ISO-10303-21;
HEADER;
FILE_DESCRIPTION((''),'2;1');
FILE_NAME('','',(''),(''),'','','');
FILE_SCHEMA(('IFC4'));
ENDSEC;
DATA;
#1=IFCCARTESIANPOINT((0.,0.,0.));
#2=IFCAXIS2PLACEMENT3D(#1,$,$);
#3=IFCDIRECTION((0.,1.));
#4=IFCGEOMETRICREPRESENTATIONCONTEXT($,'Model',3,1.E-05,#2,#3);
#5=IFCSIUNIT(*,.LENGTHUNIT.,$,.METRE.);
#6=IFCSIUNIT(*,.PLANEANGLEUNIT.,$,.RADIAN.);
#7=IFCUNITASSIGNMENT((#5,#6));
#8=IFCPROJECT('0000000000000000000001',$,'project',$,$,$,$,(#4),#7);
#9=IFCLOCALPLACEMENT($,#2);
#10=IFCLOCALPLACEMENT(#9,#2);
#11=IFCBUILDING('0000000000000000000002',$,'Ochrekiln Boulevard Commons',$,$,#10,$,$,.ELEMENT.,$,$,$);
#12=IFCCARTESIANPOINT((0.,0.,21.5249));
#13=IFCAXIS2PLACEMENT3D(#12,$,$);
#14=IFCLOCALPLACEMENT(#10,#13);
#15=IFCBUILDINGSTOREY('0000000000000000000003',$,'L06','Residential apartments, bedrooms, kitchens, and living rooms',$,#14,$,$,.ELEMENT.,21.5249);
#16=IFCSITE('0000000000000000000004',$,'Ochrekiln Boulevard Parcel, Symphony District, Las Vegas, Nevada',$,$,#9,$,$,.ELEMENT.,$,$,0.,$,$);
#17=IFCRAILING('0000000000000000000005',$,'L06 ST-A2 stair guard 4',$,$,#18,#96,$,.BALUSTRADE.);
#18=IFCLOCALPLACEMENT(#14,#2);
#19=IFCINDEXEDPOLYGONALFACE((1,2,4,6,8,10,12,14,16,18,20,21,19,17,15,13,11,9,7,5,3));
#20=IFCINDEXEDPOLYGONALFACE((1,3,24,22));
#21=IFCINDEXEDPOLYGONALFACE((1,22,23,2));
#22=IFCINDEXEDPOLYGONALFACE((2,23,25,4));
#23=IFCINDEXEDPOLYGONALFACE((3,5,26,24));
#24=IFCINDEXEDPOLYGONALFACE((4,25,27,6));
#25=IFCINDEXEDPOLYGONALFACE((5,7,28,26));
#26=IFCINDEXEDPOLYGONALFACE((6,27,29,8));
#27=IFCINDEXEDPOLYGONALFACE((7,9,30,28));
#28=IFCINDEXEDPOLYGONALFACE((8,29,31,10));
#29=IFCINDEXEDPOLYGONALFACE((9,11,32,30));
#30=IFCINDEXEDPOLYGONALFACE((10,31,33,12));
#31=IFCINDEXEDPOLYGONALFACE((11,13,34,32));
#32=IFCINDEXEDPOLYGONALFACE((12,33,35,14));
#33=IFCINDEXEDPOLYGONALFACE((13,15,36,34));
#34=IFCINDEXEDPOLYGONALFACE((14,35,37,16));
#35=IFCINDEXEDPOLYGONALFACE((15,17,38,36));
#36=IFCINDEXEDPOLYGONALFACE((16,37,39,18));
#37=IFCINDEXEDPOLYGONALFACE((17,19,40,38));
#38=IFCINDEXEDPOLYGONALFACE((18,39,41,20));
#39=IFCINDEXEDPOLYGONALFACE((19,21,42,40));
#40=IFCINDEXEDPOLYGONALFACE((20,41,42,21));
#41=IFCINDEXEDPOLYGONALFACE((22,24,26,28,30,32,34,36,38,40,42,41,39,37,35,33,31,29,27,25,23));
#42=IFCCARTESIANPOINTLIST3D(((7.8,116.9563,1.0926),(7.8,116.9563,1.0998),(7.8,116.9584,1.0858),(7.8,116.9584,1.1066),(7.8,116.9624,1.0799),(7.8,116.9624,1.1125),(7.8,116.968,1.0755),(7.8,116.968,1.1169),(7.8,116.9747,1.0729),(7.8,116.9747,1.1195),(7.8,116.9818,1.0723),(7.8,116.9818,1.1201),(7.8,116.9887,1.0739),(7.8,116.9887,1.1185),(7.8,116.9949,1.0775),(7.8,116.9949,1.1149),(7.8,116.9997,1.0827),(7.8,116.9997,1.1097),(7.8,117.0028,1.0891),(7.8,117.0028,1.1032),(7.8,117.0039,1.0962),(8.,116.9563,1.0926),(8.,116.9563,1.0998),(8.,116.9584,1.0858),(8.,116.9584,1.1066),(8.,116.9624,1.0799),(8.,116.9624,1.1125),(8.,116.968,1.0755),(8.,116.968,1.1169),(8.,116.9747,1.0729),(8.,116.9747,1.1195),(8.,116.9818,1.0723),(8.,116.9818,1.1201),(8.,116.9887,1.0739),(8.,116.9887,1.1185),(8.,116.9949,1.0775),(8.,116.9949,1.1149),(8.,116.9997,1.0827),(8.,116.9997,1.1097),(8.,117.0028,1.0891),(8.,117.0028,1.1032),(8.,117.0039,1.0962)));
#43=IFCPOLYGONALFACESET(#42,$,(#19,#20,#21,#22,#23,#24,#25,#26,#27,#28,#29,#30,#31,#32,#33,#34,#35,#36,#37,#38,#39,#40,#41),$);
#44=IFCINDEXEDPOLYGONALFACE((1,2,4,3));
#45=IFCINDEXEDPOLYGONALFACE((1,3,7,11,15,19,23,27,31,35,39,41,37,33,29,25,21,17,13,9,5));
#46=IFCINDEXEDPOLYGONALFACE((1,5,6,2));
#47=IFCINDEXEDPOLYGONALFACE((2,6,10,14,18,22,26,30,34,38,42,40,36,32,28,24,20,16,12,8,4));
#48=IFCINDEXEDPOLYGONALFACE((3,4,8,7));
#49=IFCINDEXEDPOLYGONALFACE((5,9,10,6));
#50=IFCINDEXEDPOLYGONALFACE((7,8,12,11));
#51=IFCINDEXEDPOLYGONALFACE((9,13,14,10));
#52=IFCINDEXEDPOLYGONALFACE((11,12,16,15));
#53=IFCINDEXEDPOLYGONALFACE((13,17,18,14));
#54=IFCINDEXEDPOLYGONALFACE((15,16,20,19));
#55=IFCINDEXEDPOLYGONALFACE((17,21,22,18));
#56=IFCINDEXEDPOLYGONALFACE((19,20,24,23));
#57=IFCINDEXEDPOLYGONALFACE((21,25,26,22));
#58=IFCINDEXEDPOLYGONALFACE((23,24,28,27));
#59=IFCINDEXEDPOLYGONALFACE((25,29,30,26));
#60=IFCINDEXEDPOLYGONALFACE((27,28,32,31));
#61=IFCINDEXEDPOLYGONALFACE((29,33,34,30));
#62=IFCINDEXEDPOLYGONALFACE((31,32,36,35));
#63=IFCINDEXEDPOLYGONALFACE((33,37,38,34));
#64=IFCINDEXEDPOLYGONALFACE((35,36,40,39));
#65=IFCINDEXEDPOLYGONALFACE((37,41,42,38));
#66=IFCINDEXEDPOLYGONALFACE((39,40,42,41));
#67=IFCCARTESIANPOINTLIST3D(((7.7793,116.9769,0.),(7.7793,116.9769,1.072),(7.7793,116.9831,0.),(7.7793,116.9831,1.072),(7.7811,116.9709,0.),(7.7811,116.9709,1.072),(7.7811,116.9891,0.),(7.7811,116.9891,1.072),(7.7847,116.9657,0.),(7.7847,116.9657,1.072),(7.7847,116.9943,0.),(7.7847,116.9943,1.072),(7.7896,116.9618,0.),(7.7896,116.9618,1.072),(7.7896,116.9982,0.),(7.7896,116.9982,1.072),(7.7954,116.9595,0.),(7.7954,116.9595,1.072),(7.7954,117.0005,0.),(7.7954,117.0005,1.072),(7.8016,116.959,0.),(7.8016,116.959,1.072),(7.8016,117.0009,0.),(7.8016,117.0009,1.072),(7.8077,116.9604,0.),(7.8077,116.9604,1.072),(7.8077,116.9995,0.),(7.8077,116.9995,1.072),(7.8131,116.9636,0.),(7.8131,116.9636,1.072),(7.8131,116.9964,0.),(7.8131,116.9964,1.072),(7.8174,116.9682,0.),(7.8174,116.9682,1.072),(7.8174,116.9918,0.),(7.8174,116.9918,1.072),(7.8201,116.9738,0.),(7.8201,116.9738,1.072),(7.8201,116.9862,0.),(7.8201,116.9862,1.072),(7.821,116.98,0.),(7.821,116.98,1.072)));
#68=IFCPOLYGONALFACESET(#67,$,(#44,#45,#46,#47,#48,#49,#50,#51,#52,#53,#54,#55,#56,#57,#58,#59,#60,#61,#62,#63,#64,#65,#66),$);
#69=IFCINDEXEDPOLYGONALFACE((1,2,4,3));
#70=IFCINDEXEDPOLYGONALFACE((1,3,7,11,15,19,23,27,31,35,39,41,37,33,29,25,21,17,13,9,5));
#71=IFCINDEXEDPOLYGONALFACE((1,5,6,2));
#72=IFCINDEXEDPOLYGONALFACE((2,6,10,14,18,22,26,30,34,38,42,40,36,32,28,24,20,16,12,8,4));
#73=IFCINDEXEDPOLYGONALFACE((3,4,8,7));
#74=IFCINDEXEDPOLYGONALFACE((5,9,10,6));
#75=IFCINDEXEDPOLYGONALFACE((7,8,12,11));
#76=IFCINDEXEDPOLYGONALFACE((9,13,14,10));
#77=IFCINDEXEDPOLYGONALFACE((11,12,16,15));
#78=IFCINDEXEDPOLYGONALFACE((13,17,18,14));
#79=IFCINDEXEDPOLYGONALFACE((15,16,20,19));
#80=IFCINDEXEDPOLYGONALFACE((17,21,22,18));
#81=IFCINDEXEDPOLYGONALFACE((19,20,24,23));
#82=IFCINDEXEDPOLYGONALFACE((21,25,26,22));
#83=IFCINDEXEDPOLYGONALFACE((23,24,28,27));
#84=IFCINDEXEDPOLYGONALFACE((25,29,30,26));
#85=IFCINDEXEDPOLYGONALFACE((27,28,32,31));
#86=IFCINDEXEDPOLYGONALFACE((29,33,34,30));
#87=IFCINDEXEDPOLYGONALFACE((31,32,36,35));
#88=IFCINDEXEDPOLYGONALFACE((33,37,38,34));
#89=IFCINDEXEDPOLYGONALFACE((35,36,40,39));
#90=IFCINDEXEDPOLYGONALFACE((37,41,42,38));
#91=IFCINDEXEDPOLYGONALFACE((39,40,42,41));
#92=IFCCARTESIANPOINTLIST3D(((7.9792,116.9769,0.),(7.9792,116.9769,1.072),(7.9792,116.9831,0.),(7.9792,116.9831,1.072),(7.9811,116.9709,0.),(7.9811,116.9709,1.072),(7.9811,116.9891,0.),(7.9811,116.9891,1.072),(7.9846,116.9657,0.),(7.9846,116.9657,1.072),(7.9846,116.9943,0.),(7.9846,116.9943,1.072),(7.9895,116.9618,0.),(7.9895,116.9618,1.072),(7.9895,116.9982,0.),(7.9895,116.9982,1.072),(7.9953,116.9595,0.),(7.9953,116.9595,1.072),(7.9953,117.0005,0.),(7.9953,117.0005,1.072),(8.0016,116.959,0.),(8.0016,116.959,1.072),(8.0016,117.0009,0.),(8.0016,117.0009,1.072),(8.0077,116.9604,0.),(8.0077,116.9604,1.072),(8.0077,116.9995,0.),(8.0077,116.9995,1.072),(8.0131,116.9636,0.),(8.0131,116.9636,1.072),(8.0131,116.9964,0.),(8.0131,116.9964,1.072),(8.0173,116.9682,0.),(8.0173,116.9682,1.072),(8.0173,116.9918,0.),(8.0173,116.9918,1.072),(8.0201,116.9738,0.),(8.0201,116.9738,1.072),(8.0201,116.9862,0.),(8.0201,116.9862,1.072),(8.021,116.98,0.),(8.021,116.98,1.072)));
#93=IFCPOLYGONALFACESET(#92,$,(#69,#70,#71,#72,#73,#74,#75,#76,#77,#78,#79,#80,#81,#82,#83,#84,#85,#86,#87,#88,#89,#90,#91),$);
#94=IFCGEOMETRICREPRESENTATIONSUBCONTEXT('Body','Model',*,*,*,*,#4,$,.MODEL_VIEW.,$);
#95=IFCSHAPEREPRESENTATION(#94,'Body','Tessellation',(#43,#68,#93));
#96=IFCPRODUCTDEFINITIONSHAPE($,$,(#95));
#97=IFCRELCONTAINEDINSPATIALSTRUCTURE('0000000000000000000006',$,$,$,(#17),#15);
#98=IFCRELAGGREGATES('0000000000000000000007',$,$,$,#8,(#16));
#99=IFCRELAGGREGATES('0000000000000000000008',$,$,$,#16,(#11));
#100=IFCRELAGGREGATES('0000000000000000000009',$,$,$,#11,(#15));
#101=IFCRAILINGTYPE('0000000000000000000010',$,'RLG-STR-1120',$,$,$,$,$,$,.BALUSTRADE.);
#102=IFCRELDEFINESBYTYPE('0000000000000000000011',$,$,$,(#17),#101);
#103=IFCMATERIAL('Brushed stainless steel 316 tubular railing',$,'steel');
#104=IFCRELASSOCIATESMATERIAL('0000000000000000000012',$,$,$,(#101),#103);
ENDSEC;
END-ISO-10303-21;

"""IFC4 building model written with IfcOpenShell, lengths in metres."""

from ifc_helpers import new_model, si_unit, direction, frame, origin, origin_2d, place, context, subcontext, project, spatial, circle, extrude, material, type_object, element, save


model = new_model("IFC4")

# Units and contexts
model_context = context("Model", 3, precision=1e-05, world=origin(), true_north=direction((0.0, 1.0)))
body_context = subcontext(model_context, "Body", "Model", "MODEL_VIEW")
ifc_project = project(units=[si_unit("LENGTHUNIT", "METRE"), si_unit("PLANEANGLEUNIT", "RADIAN")], contexts=[model_context])

# Site, building, storey
site_placement = place(None, origin())
site = spatial("IfcSite", under=ifc_project, at=site_placement, Name="Ochrekiln Boulevard Parcel, Symphony District, Las Vegas, Nevada", CompositionType="ELEMENT", RefElevation=0.0)
building_placement = place(site_placement, origin())
building = spatial("IfcBuilding", under=site, at=building_placement, Name="Ochrekiln Boulevard Commons", CompositionType="ELEMENT")
storey_placement = place(building_placement, frame((0.0, 0.0, 21.5249)))
storey = spatial("IfcBuildingStorey", under=building, at=storey_placement, Name="L06", Description="Residential apartments, bedrooms, kitchens, and living rooms", CompositionType="ELEMENT", Elevation=21.5249)

# Railing
ifc_material_1 = material(Name="Brushed stainless steel 316 tubular railing", Category="steel")
railing_type_1 = type_object("IfcRailingType", Name="RLG-STR-1120", PredefinedType="BALUSTRADE", material=ifc_material_1)
railing_1_placement = place(storey_placement, frame((7.8, 116.98, 0.0)))
element("IfcRailing", 1, at=railing_1_placement, inside=storey, type_object=railing_type_1, Name="L06 ST-A2 stair guard 4", PredefinedType="BALUSTRADE", context=body_context, shape_type="SweptSolid", body=[
    extrude(circle(Radius=0.0239, at=origin_2d()), frame((0.0, 0.0, 1.0962), z_axis=(1.0, 0.0, 0.0), x_axis=(0.0, 1.0, 0.0)), (0.0, 0.0, 1.0), 0.2),
    extrude(circle(Radius=0.021, at=origin_2d()), origin(), (0.0, 0.0, 1.0), 1.072),
    extrude(circle(Radius=0.021, at=origin_2d()), frame((0.2, 0.0, 0.0)), (0.0, 0.0, 1.0), 1.072),
])

save(model, "model.ifc")
